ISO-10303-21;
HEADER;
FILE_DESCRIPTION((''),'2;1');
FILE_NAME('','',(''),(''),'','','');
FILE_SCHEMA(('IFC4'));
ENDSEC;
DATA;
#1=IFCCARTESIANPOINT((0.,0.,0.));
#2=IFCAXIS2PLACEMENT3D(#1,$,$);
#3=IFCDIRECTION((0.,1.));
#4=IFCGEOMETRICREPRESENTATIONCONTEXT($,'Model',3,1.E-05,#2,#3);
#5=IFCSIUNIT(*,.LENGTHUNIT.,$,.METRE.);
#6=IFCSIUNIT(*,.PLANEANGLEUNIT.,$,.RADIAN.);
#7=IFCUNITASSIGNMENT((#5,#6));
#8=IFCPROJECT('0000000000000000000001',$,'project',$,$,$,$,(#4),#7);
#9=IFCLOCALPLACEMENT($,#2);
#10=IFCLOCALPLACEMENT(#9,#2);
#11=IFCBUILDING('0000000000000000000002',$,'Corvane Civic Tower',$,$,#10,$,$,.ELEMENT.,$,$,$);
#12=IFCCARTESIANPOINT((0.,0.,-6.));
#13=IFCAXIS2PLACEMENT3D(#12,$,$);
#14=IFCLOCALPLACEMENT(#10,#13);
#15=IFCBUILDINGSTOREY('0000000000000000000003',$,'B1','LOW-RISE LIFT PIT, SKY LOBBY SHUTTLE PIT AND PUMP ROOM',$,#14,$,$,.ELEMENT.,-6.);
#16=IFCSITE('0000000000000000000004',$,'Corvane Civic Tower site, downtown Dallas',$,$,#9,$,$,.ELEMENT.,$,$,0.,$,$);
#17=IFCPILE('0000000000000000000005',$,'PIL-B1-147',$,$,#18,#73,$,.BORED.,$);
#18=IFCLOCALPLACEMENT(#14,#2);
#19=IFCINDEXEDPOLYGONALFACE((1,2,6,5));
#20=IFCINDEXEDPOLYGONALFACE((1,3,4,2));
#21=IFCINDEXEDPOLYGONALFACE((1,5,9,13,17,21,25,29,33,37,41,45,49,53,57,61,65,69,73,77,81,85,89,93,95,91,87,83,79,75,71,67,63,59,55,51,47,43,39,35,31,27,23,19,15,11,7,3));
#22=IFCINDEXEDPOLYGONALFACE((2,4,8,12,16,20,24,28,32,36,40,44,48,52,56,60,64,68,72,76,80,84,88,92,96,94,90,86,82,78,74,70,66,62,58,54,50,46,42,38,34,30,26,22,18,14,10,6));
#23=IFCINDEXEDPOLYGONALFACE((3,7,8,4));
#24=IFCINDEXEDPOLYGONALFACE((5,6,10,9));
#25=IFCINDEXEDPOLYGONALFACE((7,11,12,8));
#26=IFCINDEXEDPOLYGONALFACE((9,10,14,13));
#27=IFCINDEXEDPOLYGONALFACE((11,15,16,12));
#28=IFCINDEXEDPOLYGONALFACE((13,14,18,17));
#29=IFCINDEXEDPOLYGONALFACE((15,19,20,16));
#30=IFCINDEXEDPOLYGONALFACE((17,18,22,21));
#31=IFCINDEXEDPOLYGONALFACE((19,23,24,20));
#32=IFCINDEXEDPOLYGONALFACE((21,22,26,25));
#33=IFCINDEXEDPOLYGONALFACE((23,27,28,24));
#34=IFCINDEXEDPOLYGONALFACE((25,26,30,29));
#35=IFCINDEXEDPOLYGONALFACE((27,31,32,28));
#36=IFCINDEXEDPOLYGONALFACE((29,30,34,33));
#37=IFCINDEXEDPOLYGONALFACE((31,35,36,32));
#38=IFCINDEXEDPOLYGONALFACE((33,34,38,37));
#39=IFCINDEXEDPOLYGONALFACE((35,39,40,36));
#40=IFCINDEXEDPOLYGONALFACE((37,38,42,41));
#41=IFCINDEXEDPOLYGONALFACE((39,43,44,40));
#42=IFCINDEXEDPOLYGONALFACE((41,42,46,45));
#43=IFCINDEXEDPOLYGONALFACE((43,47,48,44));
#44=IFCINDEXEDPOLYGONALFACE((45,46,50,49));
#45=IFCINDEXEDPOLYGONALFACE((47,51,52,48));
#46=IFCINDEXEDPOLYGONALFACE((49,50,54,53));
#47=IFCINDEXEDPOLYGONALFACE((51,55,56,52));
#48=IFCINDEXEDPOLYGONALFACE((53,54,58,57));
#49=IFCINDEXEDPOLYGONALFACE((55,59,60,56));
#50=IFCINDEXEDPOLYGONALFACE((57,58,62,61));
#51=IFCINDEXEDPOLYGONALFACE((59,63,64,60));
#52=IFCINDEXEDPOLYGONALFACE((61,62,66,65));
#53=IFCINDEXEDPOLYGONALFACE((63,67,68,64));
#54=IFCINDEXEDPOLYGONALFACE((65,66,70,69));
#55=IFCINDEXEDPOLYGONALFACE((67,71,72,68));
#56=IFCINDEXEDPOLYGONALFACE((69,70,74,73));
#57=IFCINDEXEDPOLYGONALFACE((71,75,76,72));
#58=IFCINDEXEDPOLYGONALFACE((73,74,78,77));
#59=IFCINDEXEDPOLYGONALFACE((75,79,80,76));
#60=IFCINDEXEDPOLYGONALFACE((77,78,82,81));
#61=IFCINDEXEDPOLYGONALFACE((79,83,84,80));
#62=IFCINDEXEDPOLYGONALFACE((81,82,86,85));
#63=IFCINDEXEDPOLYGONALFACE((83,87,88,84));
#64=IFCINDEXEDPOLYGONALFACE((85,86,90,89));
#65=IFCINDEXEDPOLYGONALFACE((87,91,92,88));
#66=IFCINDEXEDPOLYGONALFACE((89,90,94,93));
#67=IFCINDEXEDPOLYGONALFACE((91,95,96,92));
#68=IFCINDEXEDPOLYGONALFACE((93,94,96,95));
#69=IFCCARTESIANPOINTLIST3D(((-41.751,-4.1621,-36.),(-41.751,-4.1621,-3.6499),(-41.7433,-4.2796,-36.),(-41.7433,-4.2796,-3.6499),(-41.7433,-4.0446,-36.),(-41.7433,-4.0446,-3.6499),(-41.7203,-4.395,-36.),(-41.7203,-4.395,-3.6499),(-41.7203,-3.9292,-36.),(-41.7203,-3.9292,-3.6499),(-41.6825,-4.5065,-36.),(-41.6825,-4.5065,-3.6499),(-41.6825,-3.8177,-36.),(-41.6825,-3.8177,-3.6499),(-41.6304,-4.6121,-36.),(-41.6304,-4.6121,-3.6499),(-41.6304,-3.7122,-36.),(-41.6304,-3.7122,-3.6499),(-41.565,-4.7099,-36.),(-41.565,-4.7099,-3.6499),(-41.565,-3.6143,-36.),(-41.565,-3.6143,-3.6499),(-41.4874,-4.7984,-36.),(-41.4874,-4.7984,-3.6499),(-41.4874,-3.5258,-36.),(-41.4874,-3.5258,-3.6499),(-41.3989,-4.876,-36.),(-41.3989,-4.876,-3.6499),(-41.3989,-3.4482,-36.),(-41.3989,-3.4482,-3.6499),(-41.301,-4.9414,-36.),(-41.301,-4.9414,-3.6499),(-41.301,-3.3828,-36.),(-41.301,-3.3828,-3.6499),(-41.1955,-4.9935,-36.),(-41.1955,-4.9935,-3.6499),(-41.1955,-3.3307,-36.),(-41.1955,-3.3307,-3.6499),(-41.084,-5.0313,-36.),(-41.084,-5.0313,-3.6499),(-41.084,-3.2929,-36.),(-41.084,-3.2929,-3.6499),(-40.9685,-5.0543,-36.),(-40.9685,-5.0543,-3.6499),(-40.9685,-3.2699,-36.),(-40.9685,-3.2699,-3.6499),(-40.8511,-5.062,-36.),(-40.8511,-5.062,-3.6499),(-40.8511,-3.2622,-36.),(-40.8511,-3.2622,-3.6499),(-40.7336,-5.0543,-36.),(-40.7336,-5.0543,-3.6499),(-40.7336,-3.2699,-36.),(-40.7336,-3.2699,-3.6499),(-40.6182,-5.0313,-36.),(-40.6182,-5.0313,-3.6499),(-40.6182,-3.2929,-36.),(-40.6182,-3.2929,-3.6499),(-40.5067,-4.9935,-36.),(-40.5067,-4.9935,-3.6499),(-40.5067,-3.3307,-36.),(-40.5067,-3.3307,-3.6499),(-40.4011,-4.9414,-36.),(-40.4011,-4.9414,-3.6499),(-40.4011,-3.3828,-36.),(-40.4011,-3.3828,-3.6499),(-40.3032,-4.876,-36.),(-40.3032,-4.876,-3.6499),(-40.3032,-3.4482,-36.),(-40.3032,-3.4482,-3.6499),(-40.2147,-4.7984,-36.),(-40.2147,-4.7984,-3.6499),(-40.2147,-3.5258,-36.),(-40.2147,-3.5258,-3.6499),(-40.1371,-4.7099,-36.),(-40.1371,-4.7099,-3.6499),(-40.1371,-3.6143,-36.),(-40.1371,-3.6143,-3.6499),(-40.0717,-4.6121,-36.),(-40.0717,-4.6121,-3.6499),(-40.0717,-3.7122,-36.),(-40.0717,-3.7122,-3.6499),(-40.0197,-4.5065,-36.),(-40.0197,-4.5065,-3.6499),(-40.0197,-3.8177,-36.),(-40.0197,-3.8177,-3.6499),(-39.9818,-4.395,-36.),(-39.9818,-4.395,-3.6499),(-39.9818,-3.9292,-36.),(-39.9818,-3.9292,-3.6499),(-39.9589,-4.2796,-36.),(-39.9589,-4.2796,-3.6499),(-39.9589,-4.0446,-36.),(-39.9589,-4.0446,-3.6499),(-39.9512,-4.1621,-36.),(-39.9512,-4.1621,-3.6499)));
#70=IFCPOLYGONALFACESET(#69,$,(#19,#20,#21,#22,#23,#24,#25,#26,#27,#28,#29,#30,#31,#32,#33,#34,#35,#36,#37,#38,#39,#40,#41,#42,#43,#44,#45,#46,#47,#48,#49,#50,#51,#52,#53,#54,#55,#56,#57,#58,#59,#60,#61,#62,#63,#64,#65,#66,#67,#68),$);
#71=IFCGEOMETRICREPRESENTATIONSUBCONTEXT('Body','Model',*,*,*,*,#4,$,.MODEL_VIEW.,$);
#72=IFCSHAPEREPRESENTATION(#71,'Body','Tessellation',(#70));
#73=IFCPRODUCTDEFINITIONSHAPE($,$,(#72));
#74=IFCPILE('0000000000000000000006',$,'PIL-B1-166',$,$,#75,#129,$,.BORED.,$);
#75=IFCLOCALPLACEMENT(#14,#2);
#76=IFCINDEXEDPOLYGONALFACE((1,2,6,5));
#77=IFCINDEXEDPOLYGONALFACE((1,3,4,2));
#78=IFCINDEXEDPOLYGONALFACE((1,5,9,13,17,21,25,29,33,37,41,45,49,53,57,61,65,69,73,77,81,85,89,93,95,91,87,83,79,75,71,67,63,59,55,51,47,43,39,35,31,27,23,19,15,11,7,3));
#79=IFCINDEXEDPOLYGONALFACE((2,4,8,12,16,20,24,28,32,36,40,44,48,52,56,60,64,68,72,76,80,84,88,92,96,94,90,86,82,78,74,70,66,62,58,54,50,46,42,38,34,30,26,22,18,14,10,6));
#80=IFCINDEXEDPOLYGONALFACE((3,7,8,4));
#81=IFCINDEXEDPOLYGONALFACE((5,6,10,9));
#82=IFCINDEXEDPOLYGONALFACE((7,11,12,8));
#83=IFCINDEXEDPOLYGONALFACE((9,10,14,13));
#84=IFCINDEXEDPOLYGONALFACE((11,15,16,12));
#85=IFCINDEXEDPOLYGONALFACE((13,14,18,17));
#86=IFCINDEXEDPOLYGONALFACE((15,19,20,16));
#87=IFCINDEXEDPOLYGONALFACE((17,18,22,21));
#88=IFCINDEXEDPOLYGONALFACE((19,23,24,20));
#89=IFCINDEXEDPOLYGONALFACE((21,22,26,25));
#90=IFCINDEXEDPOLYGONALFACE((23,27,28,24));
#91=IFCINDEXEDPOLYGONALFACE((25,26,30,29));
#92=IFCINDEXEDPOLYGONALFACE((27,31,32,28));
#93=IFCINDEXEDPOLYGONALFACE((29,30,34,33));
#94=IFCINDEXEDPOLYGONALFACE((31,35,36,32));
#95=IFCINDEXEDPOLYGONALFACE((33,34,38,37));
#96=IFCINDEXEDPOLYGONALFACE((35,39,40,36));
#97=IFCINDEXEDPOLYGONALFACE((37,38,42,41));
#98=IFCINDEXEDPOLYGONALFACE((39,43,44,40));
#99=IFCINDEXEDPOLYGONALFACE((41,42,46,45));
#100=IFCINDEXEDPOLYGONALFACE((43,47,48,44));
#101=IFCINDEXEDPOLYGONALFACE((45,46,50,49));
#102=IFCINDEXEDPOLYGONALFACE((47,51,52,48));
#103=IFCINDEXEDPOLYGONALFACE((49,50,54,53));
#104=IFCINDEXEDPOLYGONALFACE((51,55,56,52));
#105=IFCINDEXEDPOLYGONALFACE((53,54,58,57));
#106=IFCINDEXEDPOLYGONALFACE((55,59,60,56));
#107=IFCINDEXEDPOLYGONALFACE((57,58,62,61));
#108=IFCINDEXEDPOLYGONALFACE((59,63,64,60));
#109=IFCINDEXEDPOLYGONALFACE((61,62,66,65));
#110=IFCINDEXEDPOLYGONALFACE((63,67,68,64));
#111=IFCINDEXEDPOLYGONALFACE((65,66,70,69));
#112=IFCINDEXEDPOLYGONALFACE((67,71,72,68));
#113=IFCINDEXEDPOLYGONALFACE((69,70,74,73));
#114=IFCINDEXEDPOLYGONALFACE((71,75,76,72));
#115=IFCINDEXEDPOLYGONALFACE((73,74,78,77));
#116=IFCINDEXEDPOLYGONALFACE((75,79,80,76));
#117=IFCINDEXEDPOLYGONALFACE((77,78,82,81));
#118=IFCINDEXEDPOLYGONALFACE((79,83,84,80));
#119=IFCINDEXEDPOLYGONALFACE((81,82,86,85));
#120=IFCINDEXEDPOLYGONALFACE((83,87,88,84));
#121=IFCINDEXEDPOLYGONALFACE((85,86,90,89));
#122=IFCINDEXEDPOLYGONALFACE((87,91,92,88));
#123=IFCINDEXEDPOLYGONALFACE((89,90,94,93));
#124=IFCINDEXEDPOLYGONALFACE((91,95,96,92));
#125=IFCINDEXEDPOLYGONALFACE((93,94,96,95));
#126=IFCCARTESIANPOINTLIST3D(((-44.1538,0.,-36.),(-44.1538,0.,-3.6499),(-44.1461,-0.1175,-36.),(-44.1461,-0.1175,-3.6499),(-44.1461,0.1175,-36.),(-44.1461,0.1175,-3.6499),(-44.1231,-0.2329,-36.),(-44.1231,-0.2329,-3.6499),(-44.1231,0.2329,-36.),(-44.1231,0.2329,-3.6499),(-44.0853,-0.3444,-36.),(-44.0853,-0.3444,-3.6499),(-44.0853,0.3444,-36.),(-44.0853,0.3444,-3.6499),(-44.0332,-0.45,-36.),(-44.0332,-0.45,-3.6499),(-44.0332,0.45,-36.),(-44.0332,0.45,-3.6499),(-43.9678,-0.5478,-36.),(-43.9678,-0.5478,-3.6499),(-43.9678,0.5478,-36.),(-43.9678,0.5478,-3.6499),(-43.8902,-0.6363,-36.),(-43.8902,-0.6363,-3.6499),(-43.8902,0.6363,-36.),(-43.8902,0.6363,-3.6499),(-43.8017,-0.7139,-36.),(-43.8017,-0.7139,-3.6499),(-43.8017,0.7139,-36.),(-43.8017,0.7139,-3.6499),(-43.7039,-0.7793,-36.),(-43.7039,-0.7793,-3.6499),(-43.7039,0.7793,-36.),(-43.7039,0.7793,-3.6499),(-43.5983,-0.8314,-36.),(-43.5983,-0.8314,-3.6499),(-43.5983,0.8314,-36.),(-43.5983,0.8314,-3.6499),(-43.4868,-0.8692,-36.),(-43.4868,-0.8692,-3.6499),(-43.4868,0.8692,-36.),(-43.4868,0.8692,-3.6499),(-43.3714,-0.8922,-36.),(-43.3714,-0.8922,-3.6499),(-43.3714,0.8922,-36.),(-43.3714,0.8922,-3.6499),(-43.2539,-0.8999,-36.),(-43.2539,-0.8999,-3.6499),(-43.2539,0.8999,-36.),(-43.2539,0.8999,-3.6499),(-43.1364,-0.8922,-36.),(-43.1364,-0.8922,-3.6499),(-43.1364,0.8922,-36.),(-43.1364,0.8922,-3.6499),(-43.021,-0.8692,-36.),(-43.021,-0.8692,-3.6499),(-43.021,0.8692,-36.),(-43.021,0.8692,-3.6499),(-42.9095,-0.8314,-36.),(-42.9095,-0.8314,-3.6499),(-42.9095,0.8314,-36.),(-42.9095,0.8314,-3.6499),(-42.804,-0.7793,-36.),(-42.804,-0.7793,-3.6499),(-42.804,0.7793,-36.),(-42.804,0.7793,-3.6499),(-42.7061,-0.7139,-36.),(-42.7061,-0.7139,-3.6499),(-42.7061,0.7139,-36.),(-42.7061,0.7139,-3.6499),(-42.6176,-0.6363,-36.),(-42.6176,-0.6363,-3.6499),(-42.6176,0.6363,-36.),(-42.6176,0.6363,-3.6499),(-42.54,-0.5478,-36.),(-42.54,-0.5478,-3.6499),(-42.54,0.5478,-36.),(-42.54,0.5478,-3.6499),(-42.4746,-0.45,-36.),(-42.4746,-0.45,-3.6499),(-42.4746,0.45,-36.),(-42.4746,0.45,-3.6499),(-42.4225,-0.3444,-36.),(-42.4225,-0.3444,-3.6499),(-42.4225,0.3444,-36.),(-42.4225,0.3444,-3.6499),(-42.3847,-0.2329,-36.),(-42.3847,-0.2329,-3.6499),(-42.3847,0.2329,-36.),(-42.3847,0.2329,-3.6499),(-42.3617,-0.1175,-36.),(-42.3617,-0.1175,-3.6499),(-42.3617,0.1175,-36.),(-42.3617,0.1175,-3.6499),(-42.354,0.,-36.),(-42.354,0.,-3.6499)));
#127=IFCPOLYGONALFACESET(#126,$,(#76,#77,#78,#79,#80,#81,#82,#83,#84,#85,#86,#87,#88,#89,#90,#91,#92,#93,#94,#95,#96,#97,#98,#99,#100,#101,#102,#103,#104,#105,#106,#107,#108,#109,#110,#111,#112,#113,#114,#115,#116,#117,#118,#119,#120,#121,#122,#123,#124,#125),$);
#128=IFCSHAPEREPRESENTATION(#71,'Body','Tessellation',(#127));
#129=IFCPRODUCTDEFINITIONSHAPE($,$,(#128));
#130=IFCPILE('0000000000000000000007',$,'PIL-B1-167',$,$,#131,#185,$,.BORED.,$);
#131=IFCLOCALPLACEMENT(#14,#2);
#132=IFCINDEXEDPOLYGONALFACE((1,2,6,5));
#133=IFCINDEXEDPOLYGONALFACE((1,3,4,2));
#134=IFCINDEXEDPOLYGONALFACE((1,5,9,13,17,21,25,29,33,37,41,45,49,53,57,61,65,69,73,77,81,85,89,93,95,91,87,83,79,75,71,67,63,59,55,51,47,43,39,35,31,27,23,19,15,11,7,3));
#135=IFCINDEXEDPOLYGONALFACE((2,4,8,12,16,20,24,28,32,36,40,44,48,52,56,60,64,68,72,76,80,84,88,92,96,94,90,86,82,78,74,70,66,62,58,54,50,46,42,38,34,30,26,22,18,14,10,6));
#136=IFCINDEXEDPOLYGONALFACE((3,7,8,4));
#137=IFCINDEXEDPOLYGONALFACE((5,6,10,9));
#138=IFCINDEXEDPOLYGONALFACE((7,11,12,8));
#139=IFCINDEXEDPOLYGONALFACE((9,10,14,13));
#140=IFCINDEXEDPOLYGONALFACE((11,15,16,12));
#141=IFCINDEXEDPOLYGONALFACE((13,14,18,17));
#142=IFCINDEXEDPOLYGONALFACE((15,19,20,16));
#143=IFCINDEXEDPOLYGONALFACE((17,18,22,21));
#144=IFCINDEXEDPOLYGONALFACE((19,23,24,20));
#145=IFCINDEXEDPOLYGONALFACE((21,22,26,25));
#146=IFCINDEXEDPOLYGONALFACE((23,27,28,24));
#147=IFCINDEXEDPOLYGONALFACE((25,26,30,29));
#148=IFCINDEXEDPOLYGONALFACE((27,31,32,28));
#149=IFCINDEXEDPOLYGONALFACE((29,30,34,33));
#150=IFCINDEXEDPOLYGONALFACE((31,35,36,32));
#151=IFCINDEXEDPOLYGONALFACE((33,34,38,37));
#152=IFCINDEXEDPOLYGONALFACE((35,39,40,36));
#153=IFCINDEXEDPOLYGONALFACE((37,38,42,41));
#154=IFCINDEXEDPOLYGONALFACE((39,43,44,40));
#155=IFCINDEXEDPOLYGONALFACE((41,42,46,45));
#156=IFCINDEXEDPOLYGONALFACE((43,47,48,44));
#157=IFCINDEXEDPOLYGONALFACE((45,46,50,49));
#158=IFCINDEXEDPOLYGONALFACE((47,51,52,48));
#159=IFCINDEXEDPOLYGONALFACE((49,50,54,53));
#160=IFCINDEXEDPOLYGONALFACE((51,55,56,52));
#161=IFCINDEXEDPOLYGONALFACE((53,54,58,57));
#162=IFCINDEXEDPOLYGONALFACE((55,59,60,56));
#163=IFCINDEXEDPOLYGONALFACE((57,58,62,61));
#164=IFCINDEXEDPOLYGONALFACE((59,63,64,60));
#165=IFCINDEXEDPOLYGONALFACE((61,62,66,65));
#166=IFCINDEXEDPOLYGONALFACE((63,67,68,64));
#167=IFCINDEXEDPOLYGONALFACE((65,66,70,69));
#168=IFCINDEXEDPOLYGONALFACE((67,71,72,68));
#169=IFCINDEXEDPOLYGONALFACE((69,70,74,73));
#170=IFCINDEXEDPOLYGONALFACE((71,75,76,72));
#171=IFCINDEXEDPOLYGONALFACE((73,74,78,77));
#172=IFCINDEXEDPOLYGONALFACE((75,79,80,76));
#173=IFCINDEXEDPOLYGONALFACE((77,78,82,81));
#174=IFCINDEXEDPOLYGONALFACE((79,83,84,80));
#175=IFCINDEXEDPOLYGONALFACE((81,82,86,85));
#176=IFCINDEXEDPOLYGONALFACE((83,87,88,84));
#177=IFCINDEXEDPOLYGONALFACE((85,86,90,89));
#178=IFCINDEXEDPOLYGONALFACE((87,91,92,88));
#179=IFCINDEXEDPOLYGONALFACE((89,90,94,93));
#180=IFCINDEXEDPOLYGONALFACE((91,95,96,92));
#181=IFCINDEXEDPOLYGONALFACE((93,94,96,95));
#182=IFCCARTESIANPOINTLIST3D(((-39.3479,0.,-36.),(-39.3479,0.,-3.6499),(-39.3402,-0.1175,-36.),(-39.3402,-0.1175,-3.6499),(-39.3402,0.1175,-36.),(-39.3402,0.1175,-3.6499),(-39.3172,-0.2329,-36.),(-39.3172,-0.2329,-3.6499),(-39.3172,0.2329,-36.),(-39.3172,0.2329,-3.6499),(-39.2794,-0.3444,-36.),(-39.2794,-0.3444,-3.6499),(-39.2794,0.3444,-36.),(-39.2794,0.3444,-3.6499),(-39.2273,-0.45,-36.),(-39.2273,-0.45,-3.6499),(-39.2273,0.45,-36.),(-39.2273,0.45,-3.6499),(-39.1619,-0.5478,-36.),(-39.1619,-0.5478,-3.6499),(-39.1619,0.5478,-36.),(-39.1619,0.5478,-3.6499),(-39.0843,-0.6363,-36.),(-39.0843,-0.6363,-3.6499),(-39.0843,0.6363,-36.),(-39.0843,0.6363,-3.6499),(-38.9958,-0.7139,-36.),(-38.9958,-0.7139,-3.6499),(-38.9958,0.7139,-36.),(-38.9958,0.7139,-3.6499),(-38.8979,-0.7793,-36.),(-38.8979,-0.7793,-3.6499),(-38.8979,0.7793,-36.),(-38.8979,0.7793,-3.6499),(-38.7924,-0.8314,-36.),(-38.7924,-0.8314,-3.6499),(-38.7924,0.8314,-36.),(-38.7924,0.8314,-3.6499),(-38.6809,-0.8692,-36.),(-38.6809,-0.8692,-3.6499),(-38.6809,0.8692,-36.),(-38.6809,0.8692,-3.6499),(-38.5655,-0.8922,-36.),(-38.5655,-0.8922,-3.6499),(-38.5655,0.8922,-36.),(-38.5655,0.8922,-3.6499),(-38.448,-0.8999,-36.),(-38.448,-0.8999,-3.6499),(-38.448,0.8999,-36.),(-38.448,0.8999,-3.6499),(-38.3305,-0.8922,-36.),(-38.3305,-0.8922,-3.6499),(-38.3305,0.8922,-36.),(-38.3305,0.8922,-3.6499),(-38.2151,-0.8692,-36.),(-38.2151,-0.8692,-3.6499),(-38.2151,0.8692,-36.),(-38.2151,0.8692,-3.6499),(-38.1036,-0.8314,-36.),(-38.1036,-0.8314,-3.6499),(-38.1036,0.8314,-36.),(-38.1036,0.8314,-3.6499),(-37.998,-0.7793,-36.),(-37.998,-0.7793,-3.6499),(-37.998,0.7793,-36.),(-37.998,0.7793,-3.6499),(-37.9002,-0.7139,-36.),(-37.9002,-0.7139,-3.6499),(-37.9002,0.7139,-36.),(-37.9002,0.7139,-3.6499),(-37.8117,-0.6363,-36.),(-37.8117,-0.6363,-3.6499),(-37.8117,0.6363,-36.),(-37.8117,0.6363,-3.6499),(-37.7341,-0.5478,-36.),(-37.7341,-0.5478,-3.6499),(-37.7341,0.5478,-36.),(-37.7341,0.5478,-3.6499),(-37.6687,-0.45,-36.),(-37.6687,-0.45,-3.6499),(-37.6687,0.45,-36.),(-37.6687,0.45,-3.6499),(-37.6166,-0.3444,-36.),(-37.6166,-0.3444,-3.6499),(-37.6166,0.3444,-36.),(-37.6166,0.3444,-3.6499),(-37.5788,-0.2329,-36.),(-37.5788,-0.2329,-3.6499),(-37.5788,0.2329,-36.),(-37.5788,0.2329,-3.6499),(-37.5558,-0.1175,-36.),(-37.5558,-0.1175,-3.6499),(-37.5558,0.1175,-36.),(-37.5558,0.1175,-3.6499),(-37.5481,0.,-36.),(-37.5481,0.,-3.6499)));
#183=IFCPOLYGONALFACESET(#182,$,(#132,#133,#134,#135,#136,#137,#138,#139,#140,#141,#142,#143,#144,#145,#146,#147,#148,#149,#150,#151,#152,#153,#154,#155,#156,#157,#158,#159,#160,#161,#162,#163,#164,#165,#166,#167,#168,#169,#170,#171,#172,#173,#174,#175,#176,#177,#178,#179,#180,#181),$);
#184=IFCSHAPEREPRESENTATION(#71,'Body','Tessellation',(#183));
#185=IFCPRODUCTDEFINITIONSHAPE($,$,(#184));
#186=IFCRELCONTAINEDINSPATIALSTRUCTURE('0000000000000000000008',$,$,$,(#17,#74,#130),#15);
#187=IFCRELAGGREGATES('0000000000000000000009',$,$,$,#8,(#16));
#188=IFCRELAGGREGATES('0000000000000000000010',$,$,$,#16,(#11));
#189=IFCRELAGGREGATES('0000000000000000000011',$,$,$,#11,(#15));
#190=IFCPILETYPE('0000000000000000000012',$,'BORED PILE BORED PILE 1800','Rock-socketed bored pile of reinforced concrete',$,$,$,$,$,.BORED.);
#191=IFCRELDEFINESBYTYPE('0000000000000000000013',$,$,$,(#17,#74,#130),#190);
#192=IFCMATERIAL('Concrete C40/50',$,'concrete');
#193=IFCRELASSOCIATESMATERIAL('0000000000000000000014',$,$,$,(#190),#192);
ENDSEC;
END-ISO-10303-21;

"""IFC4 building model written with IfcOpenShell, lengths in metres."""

from ifc_helpers import new_model, si_unit, direction, frame, origin, origin_2d, place, context, subcontext, project, spatial, circle, extrude, material, material_profile, profile_set, type_object, element, save


model = new_model("IFC4")

# Units and contexts
model_context = context("Model", 3, precision=1e-05, world=origin(), true_north=direction((0.0, 1.0)))
body_context = subcontext(model_context, "Body", "Model", "MODEL_VIEW")
ifc_project = project(units=[si_unit("LENGTHUNIT", "METRE"), si_unit("PLANEANGLEUNIT", "RADIAN")], contexts=[model_context])

# Site, building, storey
site_placement = place(None, origin())
site = spatial("IfcSite", under=ifc_project, at=site_placement, Name="Corvane Civic Tower site, downtown Dallas", CompositionType="ELEMENT", RefElevation=0.0)
building_placement = place(site_placement, origin())
building = spatial("IfcBuilding", under=site, at=building_placement, Name="Corvane Civic Tower", CompositionType="ELEMENT")
storey_placement = place(building_placement, frame((0.0, 0.0, -6.0)))
storey = spatial("IfcBuildingStorey", under=building, at=storey_placement, Name="B1", Description="LOW-RISE LIFT PIT, SKY LOBBY SHUTTLE PIT AND PUMP ROOM", CompositionType="ELEMENT", Elevation=-6.0)

# Piles
ifc_material_1 = material(Name="Concrete C40/50", Category="concrete")
ifc_material_profile_1 = material_profile(ifc_material_1, circle(Radius=0.8999, at=origin_2d()), Name="BORED PILE 1800")
ifc_profile_set_1 = profile_set([ifc_material_profile_1], Name="Concrete C40/50")
pile_type_1 = type_object("IfcPileType", Name="BORED PILE BORED PILE 1800", Description="Rock-socketed bored pile of reinforced concrete", PredefinedType="BORED", material=ifc_profile_set_1)
for number, where, z_axis, x_axis, name in (
    (1, (-40.8511, -4.1621, -3.6499), (0.0, 0.0, -1.0), (1.0, 0.0, 0.0), "PIL-B1-147"),
    (2, (-43.2539, 0.0, -3.6499), (0.0, 0.0, -1.0), (1.0, 0.0, 0.0), "PIL-B1-166"),
    (3, (-38.448, 0.0, -3.6499), (0.0, 0.0, -1.0), (1.0, 0.0, 0.0), "PIL-B1-167"),
):
    element("IfcPile", number, at=place(storey_placement, frame(where, z_axis=z_axis, x_axis=x_axis)), inside=storey, type_object=pile_type_1, Name=name, PredefinedType="BORED", context=body_context, shape_type="SweptSolid", body=[
        extrude(circle(Radius=0.8999, at=origin_2d()), origin(), (0.0, 0.0, 1.0), 32.3501),
    ])

save(model, "model.ifc")
